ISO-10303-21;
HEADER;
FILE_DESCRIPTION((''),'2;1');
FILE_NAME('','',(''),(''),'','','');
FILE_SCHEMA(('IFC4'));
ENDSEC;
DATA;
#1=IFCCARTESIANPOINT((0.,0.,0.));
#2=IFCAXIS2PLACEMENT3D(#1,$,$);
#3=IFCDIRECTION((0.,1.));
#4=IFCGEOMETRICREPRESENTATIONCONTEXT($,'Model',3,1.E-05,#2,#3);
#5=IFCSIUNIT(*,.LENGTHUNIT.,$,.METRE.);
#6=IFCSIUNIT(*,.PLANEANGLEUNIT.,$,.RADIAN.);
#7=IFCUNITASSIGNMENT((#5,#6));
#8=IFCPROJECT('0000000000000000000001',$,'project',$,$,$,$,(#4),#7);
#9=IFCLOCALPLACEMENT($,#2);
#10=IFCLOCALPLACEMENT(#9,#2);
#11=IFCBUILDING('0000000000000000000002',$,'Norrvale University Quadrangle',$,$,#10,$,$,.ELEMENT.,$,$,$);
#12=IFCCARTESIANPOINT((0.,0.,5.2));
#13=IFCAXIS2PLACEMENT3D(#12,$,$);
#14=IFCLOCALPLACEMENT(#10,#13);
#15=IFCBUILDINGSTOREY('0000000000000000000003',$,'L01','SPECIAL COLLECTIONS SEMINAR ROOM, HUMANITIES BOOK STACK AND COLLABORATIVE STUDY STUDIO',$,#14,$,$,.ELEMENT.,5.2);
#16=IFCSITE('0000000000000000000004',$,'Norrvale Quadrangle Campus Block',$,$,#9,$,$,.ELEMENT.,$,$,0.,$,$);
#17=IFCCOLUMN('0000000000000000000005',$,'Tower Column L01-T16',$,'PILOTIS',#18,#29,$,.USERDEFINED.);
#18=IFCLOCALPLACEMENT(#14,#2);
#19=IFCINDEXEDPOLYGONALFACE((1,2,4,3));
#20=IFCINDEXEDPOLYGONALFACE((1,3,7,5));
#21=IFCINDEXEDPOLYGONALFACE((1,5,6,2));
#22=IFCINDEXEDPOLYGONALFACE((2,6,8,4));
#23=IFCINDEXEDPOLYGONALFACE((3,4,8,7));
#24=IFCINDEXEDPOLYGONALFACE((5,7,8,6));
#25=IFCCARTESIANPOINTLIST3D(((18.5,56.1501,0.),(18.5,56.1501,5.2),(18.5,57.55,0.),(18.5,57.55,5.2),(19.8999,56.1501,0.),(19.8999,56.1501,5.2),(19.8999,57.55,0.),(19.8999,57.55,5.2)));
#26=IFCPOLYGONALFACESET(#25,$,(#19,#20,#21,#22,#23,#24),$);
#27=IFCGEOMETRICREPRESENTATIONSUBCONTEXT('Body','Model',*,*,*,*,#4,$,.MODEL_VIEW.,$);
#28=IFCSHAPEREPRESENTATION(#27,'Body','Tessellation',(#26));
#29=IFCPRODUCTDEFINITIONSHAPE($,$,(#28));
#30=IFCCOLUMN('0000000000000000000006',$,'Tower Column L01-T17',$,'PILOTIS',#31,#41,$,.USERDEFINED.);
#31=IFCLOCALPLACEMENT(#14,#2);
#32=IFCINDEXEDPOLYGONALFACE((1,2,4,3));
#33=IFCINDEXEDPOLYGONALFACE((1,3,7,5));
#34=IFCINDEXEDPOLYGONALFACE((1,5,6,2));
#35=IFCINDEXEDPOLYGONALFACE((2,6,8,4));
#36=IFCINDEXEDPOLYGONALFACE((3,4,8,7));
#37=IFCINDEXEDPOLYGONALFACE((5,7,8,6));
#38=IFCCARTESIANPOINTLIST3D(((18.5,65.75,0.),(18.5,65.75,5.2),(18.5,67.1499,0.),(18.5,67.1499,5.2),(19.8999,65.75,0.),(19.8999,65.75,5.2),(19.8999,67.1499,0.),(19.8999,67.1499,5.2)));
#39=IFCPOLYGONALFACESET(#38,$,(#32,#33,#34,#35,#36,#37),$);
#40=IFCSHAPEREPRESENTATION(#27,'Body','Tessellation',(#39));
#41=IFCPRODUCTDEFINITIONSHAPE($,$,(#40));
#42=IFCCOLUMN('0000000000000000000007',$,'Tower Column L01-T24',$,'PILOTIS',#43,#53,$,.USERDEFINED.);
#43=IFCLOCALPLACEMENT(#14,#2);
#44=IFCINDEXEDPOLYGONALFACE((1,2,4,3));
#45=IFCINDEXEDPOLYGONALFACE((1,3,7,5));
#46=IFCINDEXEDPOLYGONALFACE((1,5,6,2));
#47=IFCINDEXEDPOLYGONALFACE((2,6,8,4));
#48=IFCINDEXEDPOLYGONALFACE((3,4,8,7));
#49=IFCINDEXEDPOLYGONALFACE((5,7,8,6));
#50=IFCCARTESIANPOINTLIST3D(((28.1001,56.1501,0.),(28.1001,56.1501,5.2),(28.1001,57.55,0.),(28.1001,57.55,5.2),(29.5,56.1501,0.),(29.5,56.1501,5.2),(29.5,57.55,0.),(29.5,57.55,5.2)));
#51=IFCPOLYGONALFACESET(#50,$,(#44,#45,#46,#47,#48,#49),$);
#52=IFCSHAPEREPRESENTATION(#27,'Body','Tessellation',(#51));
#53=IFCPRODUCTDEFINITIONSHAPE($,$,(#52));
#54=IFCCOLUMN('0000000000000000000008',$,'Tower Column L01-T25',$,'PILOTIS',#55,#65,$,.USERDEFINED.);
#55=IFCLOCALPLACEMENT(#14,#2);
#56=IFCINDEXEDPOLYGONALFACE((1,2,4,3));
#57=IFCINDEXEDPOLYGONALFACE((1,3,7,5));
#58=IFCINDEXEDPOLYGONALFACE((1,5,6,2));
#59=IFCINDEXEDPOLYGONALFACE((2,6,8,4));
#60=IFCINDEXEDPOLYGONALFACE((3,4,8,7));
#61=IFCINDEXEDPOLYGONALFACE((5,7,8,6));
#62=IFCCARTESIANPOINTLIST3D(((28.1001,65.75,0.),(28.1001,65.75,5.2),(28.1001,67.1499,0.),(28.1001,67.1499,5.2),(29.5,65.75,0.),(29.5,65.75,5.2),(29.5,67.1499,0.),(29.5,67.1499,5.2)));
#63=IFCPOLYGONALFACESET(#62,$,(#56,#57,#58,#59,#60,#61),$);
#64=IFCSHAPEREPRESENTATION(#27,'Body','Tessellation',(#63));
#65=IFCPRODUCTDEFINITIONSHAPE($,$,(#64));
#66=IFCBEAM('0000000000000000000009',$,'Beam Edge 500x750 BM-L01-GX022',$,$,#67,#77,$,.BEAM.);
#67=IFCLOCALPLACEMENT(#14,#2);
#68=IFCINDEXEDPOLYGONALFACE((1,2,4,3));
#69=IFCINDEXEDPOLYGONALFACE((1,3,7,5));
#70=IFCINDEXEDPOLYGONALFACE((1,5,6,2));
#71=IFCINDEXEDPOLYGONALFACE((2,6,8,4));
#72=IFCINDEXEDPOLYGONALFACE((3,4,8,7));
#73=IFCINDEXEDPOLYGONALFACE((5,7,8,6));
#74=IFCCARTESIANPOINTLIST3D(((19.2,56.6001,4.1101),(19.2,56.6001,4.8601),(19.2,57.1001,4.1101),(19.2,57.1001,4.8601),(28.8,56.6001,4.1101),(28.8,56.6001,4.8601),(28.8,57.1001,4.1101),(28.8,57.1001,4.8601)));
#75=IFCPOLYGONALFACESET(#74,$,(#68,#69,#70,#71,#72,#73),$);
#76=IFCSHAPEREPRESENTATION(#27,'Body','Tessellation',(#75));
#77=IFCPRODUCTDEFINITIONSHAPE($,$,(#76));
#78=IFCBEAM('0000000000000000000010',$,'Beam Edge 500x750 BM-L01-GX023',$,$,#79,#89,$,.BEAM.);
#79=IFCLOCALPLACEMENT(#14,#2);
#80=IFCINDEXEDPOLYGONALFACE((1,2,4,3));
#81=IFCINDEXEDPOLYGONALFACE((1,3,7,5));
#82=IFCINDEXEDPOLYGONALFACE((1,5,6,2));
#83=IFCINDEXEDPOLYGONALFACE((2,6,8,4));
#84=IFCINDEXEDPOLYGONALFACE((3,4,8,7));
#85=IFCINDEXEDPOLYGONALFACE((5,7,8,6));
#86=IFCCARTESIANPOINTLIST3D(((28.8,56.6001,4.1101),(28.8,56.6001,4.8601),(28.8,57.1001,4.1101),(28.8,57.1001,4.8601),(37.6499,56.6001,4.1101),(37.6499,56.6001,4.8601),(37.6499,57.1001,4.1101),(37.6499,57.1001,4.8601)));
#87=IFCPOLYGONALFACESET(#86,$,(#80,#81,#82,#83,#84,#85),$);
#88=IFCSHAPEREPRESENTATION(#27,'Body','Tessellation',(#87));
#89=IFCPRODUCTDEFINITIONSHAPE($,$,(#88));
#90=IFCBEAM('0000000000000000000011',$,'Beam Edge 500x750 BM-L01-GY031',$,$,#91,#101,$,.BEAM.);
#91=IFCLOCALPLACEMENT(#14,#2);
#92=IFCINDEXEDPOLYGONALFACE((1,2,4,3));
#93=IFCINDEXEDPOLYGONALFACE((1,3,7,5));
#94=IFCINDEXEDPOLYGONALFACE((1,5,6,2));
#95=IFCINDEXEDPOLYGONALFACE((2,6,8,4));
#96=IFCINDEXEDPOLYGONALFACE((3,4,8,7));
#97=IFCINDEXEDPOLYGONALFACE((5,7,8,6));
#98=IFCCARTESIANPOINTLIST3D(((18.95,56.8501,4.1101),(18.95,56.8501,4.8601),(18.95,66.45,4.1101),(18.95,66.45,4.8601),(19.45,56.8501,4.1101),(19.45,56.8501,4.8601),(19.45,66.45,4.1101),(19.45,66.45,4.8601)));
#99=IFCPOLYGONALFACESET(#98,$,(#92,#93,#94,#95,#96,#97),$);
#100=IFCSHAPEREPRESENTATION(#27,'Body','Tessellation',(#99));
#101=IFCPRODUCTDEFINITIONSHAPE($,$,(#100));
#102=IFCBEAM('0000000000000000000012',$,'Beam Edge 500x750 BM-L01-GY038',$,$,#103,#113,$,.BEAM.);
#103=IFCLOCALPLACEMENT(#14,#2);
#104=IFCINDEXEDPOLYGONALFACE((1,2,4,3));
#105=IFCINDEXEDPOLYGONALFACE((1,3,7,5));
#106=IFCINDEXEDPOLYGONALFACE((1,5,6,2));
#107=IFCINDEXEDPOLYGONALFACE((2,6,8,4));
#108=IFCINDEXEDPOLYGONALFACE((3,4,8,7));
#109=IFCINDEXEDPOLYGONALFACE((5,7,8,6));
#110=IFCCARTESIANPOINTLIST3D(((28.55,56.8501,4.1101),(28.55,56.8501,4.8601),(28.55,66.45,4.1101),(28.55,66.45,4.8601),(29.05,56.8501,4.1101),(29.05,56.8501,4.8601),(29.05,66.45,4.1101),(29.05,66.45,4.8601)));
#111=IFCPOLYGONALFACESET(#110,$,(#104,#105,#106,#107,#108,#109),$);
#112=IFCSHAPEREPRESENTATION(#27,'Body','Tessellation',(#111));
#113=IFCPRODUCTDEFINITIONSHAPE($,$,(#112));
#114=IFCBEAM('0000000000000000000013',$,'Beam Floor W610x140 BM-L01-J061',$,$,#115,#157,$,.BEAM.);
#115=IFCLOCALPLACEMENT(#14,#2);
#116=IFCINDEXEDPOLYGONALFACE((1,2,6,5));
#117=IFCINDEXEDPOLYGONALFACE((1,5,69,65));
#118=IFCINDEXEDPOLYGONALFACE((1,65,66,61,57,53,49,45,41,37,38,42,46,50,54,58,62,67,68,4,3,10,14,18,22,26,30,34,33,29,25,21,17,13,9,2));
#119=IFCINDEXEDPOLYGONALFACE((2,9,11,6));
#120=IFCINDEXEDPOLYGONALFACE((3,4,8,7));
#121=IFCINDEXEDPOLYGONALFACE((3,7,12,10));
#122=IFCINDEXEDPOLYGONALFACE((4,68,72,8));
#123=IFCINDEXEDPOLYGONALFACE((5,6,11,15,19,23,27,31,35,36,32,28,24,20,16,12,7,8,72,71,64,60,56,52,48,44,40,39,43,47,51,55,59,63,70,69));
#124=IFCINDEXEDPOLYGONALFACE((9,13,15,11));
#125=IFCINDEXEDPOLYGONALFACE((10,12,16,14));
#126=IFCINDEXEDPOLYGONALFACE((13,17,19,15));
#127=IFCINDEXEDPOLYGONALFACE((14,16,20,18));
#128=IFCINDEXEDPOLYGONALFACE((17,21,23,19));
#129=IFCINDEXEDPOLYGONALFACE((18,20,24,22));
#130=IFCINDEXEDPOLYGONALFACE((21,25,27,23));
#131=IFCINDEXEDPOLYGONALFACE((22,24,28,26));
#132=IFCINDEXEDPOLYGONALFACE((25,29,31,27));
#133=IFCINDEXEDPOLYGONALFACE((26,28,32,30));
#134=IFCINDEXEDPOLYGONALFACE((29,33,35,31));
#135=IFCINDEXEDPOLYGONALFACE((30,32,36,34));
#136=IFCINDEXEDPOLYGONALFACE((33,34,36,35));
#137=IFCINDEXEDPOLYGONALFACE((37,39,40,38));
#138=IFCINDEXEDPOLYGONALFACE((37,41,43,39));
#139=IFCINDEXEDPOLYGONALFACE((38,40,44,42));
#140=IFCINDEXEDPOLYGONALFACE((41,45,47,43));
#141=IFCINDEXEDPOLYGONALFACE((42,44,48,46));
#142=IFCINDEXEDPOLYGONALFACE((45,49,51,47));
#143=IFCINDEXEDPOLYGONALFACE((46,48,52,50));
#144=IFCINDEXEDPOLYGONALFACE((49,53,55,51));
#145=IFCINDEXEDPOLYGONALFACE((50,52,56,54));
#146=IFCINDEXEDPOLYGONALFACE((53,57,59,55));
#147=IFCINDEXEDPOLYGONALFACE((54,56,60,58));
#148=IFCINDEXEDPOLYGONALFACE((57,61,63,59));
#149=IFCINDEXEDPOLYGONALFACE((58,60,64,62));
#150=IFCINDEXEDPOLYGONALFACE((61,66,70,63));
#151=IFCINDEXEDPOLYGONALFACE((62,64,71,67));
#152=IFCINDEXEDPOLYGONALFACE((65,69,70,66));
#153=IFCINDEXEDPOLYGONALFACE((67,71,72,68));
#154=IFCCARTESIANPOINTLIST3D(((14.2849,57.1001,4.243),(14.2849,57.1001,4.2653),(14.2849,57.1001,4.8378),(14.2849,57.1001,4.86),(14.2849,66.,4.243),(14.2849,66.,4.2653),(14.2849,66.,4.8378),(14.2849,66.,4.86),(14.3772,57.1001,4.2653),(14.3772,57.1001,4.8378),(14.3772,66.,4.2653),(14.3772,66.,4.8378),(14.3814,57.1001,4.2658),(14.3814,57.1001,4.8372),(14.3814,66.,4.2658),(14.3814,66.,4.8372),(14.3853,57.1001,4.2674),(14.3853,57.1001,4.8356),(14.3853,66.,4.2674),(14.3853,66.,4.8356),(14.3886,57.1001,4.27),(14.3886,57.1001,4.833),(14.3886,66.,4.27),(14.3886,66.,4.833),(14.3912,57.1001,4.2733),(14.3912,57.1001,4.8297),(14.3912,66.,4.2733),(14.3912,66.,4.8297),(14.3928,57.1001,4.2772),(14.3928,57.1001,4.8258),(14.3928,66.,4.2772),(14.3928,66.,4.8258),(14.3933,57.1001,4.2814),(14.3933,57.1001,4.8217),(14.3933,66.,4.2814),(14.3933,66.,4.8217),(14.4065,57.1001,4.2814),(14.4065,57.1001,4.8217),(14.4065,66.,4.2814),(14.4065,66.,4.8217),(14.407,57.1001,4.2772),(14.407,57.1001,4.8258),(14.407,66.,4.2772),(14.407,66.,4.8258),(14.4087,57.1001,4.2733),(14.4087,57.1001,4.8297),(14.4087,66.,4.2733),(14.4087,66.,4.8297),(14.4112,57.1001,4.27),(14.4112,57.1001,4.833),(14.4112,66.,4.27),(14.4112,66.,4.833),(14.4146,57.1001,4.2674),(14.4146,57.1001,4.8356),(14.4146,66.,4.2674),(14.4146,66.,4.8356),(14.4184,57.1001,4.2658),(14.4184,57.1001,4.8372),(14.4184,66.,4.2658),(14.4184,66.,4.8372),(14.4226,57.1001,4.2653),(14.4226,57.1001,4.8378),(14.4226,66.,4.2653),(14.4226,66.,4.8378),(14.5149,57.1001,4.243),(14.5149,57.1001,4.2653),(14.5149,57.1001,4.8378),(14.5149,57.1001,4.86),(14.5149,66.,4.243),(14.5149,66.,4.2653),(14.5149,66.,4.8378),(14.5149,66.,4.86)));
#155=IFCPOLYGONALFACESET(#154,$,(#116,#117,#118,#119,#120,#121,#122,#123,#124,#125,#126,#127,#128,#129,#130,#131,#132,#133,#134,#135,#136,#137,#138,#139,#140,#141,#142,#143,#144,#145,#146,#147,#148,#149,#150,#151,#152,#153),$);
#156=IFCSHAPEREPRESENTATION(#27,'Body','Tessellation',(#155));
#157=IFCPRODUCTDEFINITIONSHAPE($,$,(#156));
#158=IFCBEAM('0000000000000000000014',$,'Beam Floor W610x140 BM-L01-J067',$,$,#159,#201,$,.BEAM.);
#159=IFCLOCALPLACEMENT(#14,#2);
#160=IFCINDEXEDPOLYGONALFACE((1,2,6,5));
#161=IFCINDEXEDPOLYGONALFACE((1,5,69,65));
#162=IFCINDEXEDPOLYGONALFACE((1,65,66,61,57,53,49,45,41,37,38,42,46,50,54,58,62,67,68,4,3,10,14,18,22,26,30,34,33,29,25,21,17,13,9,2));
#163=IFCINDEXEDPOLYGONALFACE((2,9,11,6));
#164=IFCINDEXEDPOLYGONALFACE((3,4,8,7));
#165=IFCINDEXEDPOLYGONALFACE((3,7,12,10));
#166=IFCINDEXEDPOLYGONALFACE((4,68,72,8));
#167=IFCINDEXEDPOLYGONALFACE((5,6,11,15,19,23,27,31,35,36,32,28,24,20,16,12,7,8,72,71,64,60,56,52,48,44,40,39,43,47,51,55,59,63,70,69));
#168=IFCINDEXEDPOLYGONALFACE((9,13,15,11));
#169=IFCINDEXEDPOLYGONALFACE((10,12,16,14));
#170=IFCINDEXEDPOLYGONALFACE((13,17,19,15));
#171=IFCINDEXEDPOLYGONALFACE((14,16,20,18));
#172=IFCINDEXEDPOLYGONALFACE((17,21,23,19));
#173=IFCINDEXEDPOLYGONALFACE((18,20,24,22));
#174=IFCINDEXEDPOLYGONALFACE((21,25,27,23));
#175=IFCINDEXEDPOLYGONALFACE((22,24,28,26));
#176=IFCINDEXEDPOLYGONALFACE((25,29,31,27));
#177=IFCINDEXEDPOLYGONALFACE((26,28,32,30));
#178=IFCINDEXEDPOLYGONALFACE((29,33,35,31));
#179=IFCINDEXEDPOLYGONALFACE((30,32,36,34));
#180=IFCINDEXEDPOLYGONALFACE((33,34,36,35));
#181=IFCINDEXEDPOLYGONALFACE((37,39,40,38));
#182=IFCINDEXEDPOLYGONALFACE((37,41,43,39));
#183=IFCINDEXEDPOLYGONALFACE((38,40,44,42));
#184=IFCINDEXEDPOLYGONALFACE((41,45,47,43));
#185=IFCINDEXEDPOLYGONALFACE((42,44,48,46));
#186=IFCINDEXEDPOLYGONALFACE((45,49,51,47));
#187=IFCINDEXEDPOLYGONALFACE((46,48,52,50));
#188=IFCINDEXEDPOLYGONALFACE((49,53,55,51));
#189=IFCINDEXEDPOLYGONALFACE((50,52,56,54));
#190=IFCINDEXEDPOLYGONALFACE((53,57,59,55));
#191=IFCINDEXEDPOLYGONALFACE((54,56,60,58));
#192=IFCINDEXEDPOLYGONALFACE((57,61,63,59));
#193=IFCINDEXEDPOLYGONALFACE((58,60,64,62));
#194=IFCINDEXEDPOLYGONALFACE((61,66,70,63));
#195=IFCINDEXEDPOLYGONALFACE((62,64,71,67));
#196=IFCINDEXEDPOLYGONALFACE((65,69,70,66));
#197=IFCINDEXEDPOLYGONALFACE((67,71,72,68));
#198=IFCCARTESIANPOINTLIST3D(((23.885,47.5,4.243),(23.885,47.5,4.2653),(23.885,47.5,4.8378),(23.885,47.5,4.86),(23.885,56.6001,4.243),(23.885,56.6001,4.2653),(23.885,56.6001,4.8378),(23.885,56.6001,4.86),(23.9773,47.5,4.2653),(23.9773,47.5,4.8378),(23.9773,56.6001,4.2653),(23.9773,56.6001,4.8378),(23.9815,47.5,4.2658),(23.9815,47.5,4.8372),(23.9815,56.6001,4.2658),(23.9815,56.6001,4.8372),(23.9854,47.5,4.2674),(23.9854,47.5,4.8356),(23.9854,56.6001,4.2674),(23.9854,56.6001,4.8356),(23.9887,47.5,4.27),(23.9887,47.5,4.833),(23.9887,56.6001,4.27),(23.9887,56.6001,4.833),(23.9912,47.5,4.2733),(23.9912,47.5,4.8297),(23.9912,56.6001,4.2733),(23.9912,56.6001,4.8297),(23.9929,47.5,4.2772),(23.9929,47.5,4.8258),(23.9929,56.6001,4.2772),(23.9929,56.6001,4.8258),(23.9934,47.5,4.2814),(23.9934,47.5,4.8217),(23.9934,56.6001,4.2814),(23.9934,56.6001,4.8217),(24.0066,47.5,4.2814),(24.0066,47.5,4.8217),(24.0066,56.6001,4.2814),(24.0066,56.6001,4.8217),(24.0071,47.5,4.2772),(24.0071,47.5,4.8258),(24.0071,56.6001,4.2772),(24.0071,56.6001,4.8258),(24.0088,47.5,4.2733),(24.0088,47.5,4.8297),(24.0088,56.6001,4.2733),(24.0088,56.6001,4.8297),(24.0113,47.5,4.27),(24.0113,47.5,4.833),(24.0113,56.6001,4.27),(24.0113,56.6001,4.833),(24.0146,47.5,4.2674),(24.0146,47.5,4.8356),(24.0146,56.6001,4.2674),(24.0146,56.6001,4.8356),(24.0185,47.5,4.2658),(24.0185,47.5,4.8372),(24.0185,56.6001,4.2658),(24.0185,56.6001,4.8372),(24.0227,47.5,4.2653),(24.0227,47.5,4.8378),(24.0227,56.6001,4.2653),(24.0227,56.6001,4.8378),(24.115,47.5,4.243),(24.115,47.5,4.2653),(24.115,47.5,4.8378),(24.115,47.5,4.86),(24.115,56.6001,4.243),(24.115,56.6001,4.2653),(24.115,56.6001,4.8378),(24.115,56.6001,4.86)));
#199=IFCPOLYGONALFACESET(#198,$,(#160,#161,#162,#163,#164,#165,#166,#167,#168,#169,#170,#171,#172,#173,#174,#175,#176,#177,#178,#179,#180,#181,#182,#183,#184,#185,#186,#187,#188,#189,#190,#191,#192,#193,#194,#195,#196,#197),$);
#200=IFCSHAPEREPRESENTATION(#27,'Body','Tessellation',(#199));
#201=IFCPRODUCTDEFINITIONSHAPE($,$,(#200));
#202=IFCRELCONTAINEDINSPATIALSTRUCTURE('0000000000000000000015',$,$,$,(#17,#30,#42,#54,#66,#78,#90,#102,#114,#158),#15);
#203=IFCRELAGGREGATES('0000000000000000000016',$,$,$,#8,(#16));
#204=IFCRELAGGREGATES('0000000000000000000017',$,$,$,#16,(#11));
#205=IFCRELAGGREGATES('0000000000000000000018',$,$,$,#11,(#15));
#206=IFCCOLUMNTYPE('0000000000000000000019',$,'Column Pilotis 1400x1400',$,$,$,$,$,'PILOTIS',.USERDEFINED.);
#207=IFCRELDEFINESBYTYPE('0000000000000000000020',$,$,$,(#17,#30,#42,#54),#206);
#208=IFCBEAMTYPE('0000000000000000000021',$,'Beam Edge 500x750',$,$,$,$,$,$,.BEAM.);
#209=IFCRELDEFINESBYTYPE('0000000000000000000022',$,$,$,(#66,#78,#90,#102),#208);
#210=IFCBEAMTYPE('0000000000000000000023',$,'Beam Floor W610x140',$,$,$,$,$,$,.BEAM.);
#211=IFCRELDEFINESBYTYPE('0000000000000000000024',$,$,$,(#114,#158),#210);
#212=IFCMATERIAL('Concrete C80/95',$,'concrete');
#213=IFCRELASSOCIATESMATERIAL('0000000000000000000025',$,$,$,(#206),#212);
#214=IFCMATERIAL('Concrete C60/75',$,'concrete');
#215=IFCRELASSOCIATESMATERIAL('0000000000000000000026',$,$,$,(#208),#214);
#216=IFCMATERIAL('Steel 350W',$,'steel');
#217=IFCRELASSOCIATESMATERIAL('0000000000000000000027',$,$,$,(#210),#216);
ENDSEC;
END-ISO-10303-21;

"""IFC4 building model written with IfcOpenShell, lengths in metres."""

from ifc_helpers import new_model, si_unit, direction, frame, origin, origin_2d, place, context, subcontext, project, spatial, rectangle, i_section, extrude, material, material_profile, profile_set, type_object, element, save


model = new_model("IFC4")

# Units and contexts
model_context = context("Model", 3, precision=1e-05, world=origin(), true_north=direction((0.0, 1.0)))
body_context = subcontext(model_context, "Body", "Model", "MODEL_VIEW")
ifc_project = project(units=[si_unit("LENGTHUNIT", "METRE"), si_unit("PLANEANGLEUNIT", "RADIAN")], contexts=[model_context])

# Site, building, storey
site_placement = place(None, origin())
site = spatial("IfcSite", under=ifc_project, at=site_placement, Name="Norrvale Quadrangle Campus Block", CompositionType="ELEMENT", RefElevation=0.0)
building_placement = place(site_placement, origin())
building = spatial("IfcBuilding", under=site, at=building_placement, Name="Norrvale University Quadrangle", CompositionType="ELEMENT")
storey_placement = place(building_placement, frame((0.0, 0.0, 5.2)))
storey = spatial("IfcBuildingStorey", under=building, at=storey_placement, Name="L01", Description="SPECIAL COLLECTIONS SEMINAR ROOM, HUMANITIES BOOK STACK AND COLLABORATIVE STUDY STUDIO", CompositionType="ELEMENT", Elevation=5.2)

# Columns
ifc_material_1 = material(Name="Concrete C80/95", Category="concrete")
ifc_material_profile_1 = material_profile(ifc_material_1, rectangle(XDim=1.3999, YDim=1.3999, at=origin_2d()), Name="Concrete C80/95")
ifc_profile_set_1 = profile_set([ifc_material_profile_1], Name="Concrete C80/95")
column_type = type_object("IfcColumnType", Name="Column Pilotis 1400x1400", ElementType="PILOTIS", PredefinedType="USERDEFINED", material=ifc_profile_set_1)
for number, where, z_axis, x_axis, name in (
    (1, (19.2, 56.8501, 0.0), (0.0, 0.0, 1.0), (1.0, 0.0, 0.0), "Tower Column L01-T16"),
    (2, (19.2, 66.45, 0.0), (0.0, 0.0, 1.0), (1.0, 0.0, 0.0), "Tower Column L01-T17"),
    (3, (28.8, 56.8501, 0.0), (0.0, 0.0, 1.0), (1.0, 0.0, 0.0), "Tower Column L01-T24"),
    (4, (28.8, 66.45, 0.0), (0.0, 0.0, 1.0), (1.0, 0.0, 0.0), "Tower Column L01-T25"),
):
    element("IfcColumn", number, at=place(storey_placement, frame(where, z_axis=z_axis, x_axis=x_axis)), inside=storey, type_object=column_type, Name=name, ObjectType="PILOTIS", PredefinedType="USERDEFINED", context=body_context, shape_type="SweptSolid", body=[
        extrude(rectangle(XDim=1.3999, YDim=1.3999, at=origin_2d()), origin(), (0.0, 0.0, 1.0), 5.2),
    ])

# Beams
ifc_material_2 = material(Name="Concrete C60/75", Category="concrete")
ifc_material_profile_2 = material_profile(ifc_material_2, rectangle(XDim=0.5, YDim=0.75, at=origin_2d()), Name="Concrete C60/75")
ifc_profile_set_2 = profile_set([ifc_material_profile_2], Name="Concrete C60/75")
beam_type_1 = type_object("IfcBeamType", Name="Beam Edge 500x750", PredefinedType="BEAM", material=ifc_profile_set_2)
beam_1_placement = place(storey_placement, frame((19.2, 56.8501, 4.4851), z_axis=(1.0, 0.0, 0.0), x_axis=(0.0, 1.0, 0.0)))
element("IfcBeam", 5, at=beam_1_placement, inside=storey, type_object=beam_type_1, Name="Beam Edge 500x750 BM-L01-GX022", PredefinedType="BEAM", context=body_context, shape_type="SweptSolid", body=[
    extrude(rectangle(XDim=0.5, YDim=0.75, at=origin_2d()), origin(), (0.0, 0.0, 1.0), 9.6001),
])
beam_2_placement = place(storey_placement, frame((28.8, 56.8501, 4.4851), z_axis=(1.0, 0.0, 0.0), x_axis=(0.0, 1.0, 0.0)))
element("IfcBeam", 6, at=beam_2_placement, inside=storey, type_object=beam_type_1, Name="Beam Edge 500x750 BM-L01-GX023", PredefinedType="BEAM", context=body_context, shape_type="SweptSolid", body=[
    extrude(rectangle(XDim=0.5, YDim=0.75, at=origin_2d()), origin(), (0.0, 0.0, 1.0), 8.8499),
])
for number, where, z_axis, x_axis, name in (
    (7, (19.2, 56.8501, 4.4851), (0.0, 1.0, 0.0), (-1.0, 0.0, 0.0), "Beam Edge 500x750 BM-L01-GY031"),
    (8, (28.8, 56.8501, 4.4851), (0.0, 1.0, 0.0), (-1.0, 0.0, 0.0), "Beam Edge 500x750 BM-L01-GY038"),
):
    element("IfcBeam", number, at=place(storey_placement, frame(where, z_axis=z_axis, x_axis=x_axis)), inside=storey, type_object=beam_type_1, Name=name, PredefinedType="BEAM", context=body_context, shape_type="SweptSolid", body=[
        extrude(rectangle(XDim=0.5, YDim=0.75, at=origin_2d()), origin(), (0.0, 0.0, 1.0), 9.5999),
    ])
ifc_material_3 = material(Name="Steel 350W", Category="steel")
ifc_material_profile_3 = material_profile(ifc_material_3, i_section(OverallWidth=0.23, OverallDepth=0.6169, WebThickness=0.0132, FlangeThickness=0.0222, FilletRadius=0.0161, at=origin_2d()), Name="Steel 350W")
ifc_profile_set_3 = profile_set([ifc_material_profile_3], Name="Steel 350W")
beam_type_2 = type_object("IfcBeamType", Name="Beam Floor W610x140", PredefinedType="BEAM", material=ifc_profile_set_3)
beam_3_placement = place(storey_placement, frame((14.3999, 57.1001, 4.5515), z_axis=(0.0, 1.0, 0.0), x_axis=(-1.0, 0.0, 0.0)))
element("IfcBeam", 9, at=beam_3_placement, inside=storey, type_object=beam_type_2, Name="Beam Floor W610x140 BM-L01-J061", PredefinedType="BEAM", context=body_context, shape_type="SweptSolid", body=[
    extrude(i_section(OverallWidth=0.23, OverallDepth=0.6169, WebThickness=0.0132, FlangeThickness=0.0222, FilletRadius=0.0161, at=origin_2d()), origin(), (0.0, 0.0, 1.0), 8.8999),
])
beam_4_placement = place(storey_placement, frame((24.0, 47.5, 4.5515), z_axis=(0.0, 1.0, 0.0), x_axis=(-1.0, 0.0, 0.0)))
element("IfcBeam", 10, at=beam_4_placement, inside=storey, type_object=beam_type_2, Name="Beam Floor W610x140 BM-L01-J067", PredefinedType="BEAM", context=body_context, shape_type="SweptSolid", body=[
    extrude(i_section(OverallWidth=0.23, OverallDepth=0.6169, WebThickness=0.0132, FlangeThickness=0.0222, FilletRadius=0.0161, at=origin_2d()), origin(), (0.0, 0.0, 1.0), 9.1001),
])

save(model, "model.ifc")
